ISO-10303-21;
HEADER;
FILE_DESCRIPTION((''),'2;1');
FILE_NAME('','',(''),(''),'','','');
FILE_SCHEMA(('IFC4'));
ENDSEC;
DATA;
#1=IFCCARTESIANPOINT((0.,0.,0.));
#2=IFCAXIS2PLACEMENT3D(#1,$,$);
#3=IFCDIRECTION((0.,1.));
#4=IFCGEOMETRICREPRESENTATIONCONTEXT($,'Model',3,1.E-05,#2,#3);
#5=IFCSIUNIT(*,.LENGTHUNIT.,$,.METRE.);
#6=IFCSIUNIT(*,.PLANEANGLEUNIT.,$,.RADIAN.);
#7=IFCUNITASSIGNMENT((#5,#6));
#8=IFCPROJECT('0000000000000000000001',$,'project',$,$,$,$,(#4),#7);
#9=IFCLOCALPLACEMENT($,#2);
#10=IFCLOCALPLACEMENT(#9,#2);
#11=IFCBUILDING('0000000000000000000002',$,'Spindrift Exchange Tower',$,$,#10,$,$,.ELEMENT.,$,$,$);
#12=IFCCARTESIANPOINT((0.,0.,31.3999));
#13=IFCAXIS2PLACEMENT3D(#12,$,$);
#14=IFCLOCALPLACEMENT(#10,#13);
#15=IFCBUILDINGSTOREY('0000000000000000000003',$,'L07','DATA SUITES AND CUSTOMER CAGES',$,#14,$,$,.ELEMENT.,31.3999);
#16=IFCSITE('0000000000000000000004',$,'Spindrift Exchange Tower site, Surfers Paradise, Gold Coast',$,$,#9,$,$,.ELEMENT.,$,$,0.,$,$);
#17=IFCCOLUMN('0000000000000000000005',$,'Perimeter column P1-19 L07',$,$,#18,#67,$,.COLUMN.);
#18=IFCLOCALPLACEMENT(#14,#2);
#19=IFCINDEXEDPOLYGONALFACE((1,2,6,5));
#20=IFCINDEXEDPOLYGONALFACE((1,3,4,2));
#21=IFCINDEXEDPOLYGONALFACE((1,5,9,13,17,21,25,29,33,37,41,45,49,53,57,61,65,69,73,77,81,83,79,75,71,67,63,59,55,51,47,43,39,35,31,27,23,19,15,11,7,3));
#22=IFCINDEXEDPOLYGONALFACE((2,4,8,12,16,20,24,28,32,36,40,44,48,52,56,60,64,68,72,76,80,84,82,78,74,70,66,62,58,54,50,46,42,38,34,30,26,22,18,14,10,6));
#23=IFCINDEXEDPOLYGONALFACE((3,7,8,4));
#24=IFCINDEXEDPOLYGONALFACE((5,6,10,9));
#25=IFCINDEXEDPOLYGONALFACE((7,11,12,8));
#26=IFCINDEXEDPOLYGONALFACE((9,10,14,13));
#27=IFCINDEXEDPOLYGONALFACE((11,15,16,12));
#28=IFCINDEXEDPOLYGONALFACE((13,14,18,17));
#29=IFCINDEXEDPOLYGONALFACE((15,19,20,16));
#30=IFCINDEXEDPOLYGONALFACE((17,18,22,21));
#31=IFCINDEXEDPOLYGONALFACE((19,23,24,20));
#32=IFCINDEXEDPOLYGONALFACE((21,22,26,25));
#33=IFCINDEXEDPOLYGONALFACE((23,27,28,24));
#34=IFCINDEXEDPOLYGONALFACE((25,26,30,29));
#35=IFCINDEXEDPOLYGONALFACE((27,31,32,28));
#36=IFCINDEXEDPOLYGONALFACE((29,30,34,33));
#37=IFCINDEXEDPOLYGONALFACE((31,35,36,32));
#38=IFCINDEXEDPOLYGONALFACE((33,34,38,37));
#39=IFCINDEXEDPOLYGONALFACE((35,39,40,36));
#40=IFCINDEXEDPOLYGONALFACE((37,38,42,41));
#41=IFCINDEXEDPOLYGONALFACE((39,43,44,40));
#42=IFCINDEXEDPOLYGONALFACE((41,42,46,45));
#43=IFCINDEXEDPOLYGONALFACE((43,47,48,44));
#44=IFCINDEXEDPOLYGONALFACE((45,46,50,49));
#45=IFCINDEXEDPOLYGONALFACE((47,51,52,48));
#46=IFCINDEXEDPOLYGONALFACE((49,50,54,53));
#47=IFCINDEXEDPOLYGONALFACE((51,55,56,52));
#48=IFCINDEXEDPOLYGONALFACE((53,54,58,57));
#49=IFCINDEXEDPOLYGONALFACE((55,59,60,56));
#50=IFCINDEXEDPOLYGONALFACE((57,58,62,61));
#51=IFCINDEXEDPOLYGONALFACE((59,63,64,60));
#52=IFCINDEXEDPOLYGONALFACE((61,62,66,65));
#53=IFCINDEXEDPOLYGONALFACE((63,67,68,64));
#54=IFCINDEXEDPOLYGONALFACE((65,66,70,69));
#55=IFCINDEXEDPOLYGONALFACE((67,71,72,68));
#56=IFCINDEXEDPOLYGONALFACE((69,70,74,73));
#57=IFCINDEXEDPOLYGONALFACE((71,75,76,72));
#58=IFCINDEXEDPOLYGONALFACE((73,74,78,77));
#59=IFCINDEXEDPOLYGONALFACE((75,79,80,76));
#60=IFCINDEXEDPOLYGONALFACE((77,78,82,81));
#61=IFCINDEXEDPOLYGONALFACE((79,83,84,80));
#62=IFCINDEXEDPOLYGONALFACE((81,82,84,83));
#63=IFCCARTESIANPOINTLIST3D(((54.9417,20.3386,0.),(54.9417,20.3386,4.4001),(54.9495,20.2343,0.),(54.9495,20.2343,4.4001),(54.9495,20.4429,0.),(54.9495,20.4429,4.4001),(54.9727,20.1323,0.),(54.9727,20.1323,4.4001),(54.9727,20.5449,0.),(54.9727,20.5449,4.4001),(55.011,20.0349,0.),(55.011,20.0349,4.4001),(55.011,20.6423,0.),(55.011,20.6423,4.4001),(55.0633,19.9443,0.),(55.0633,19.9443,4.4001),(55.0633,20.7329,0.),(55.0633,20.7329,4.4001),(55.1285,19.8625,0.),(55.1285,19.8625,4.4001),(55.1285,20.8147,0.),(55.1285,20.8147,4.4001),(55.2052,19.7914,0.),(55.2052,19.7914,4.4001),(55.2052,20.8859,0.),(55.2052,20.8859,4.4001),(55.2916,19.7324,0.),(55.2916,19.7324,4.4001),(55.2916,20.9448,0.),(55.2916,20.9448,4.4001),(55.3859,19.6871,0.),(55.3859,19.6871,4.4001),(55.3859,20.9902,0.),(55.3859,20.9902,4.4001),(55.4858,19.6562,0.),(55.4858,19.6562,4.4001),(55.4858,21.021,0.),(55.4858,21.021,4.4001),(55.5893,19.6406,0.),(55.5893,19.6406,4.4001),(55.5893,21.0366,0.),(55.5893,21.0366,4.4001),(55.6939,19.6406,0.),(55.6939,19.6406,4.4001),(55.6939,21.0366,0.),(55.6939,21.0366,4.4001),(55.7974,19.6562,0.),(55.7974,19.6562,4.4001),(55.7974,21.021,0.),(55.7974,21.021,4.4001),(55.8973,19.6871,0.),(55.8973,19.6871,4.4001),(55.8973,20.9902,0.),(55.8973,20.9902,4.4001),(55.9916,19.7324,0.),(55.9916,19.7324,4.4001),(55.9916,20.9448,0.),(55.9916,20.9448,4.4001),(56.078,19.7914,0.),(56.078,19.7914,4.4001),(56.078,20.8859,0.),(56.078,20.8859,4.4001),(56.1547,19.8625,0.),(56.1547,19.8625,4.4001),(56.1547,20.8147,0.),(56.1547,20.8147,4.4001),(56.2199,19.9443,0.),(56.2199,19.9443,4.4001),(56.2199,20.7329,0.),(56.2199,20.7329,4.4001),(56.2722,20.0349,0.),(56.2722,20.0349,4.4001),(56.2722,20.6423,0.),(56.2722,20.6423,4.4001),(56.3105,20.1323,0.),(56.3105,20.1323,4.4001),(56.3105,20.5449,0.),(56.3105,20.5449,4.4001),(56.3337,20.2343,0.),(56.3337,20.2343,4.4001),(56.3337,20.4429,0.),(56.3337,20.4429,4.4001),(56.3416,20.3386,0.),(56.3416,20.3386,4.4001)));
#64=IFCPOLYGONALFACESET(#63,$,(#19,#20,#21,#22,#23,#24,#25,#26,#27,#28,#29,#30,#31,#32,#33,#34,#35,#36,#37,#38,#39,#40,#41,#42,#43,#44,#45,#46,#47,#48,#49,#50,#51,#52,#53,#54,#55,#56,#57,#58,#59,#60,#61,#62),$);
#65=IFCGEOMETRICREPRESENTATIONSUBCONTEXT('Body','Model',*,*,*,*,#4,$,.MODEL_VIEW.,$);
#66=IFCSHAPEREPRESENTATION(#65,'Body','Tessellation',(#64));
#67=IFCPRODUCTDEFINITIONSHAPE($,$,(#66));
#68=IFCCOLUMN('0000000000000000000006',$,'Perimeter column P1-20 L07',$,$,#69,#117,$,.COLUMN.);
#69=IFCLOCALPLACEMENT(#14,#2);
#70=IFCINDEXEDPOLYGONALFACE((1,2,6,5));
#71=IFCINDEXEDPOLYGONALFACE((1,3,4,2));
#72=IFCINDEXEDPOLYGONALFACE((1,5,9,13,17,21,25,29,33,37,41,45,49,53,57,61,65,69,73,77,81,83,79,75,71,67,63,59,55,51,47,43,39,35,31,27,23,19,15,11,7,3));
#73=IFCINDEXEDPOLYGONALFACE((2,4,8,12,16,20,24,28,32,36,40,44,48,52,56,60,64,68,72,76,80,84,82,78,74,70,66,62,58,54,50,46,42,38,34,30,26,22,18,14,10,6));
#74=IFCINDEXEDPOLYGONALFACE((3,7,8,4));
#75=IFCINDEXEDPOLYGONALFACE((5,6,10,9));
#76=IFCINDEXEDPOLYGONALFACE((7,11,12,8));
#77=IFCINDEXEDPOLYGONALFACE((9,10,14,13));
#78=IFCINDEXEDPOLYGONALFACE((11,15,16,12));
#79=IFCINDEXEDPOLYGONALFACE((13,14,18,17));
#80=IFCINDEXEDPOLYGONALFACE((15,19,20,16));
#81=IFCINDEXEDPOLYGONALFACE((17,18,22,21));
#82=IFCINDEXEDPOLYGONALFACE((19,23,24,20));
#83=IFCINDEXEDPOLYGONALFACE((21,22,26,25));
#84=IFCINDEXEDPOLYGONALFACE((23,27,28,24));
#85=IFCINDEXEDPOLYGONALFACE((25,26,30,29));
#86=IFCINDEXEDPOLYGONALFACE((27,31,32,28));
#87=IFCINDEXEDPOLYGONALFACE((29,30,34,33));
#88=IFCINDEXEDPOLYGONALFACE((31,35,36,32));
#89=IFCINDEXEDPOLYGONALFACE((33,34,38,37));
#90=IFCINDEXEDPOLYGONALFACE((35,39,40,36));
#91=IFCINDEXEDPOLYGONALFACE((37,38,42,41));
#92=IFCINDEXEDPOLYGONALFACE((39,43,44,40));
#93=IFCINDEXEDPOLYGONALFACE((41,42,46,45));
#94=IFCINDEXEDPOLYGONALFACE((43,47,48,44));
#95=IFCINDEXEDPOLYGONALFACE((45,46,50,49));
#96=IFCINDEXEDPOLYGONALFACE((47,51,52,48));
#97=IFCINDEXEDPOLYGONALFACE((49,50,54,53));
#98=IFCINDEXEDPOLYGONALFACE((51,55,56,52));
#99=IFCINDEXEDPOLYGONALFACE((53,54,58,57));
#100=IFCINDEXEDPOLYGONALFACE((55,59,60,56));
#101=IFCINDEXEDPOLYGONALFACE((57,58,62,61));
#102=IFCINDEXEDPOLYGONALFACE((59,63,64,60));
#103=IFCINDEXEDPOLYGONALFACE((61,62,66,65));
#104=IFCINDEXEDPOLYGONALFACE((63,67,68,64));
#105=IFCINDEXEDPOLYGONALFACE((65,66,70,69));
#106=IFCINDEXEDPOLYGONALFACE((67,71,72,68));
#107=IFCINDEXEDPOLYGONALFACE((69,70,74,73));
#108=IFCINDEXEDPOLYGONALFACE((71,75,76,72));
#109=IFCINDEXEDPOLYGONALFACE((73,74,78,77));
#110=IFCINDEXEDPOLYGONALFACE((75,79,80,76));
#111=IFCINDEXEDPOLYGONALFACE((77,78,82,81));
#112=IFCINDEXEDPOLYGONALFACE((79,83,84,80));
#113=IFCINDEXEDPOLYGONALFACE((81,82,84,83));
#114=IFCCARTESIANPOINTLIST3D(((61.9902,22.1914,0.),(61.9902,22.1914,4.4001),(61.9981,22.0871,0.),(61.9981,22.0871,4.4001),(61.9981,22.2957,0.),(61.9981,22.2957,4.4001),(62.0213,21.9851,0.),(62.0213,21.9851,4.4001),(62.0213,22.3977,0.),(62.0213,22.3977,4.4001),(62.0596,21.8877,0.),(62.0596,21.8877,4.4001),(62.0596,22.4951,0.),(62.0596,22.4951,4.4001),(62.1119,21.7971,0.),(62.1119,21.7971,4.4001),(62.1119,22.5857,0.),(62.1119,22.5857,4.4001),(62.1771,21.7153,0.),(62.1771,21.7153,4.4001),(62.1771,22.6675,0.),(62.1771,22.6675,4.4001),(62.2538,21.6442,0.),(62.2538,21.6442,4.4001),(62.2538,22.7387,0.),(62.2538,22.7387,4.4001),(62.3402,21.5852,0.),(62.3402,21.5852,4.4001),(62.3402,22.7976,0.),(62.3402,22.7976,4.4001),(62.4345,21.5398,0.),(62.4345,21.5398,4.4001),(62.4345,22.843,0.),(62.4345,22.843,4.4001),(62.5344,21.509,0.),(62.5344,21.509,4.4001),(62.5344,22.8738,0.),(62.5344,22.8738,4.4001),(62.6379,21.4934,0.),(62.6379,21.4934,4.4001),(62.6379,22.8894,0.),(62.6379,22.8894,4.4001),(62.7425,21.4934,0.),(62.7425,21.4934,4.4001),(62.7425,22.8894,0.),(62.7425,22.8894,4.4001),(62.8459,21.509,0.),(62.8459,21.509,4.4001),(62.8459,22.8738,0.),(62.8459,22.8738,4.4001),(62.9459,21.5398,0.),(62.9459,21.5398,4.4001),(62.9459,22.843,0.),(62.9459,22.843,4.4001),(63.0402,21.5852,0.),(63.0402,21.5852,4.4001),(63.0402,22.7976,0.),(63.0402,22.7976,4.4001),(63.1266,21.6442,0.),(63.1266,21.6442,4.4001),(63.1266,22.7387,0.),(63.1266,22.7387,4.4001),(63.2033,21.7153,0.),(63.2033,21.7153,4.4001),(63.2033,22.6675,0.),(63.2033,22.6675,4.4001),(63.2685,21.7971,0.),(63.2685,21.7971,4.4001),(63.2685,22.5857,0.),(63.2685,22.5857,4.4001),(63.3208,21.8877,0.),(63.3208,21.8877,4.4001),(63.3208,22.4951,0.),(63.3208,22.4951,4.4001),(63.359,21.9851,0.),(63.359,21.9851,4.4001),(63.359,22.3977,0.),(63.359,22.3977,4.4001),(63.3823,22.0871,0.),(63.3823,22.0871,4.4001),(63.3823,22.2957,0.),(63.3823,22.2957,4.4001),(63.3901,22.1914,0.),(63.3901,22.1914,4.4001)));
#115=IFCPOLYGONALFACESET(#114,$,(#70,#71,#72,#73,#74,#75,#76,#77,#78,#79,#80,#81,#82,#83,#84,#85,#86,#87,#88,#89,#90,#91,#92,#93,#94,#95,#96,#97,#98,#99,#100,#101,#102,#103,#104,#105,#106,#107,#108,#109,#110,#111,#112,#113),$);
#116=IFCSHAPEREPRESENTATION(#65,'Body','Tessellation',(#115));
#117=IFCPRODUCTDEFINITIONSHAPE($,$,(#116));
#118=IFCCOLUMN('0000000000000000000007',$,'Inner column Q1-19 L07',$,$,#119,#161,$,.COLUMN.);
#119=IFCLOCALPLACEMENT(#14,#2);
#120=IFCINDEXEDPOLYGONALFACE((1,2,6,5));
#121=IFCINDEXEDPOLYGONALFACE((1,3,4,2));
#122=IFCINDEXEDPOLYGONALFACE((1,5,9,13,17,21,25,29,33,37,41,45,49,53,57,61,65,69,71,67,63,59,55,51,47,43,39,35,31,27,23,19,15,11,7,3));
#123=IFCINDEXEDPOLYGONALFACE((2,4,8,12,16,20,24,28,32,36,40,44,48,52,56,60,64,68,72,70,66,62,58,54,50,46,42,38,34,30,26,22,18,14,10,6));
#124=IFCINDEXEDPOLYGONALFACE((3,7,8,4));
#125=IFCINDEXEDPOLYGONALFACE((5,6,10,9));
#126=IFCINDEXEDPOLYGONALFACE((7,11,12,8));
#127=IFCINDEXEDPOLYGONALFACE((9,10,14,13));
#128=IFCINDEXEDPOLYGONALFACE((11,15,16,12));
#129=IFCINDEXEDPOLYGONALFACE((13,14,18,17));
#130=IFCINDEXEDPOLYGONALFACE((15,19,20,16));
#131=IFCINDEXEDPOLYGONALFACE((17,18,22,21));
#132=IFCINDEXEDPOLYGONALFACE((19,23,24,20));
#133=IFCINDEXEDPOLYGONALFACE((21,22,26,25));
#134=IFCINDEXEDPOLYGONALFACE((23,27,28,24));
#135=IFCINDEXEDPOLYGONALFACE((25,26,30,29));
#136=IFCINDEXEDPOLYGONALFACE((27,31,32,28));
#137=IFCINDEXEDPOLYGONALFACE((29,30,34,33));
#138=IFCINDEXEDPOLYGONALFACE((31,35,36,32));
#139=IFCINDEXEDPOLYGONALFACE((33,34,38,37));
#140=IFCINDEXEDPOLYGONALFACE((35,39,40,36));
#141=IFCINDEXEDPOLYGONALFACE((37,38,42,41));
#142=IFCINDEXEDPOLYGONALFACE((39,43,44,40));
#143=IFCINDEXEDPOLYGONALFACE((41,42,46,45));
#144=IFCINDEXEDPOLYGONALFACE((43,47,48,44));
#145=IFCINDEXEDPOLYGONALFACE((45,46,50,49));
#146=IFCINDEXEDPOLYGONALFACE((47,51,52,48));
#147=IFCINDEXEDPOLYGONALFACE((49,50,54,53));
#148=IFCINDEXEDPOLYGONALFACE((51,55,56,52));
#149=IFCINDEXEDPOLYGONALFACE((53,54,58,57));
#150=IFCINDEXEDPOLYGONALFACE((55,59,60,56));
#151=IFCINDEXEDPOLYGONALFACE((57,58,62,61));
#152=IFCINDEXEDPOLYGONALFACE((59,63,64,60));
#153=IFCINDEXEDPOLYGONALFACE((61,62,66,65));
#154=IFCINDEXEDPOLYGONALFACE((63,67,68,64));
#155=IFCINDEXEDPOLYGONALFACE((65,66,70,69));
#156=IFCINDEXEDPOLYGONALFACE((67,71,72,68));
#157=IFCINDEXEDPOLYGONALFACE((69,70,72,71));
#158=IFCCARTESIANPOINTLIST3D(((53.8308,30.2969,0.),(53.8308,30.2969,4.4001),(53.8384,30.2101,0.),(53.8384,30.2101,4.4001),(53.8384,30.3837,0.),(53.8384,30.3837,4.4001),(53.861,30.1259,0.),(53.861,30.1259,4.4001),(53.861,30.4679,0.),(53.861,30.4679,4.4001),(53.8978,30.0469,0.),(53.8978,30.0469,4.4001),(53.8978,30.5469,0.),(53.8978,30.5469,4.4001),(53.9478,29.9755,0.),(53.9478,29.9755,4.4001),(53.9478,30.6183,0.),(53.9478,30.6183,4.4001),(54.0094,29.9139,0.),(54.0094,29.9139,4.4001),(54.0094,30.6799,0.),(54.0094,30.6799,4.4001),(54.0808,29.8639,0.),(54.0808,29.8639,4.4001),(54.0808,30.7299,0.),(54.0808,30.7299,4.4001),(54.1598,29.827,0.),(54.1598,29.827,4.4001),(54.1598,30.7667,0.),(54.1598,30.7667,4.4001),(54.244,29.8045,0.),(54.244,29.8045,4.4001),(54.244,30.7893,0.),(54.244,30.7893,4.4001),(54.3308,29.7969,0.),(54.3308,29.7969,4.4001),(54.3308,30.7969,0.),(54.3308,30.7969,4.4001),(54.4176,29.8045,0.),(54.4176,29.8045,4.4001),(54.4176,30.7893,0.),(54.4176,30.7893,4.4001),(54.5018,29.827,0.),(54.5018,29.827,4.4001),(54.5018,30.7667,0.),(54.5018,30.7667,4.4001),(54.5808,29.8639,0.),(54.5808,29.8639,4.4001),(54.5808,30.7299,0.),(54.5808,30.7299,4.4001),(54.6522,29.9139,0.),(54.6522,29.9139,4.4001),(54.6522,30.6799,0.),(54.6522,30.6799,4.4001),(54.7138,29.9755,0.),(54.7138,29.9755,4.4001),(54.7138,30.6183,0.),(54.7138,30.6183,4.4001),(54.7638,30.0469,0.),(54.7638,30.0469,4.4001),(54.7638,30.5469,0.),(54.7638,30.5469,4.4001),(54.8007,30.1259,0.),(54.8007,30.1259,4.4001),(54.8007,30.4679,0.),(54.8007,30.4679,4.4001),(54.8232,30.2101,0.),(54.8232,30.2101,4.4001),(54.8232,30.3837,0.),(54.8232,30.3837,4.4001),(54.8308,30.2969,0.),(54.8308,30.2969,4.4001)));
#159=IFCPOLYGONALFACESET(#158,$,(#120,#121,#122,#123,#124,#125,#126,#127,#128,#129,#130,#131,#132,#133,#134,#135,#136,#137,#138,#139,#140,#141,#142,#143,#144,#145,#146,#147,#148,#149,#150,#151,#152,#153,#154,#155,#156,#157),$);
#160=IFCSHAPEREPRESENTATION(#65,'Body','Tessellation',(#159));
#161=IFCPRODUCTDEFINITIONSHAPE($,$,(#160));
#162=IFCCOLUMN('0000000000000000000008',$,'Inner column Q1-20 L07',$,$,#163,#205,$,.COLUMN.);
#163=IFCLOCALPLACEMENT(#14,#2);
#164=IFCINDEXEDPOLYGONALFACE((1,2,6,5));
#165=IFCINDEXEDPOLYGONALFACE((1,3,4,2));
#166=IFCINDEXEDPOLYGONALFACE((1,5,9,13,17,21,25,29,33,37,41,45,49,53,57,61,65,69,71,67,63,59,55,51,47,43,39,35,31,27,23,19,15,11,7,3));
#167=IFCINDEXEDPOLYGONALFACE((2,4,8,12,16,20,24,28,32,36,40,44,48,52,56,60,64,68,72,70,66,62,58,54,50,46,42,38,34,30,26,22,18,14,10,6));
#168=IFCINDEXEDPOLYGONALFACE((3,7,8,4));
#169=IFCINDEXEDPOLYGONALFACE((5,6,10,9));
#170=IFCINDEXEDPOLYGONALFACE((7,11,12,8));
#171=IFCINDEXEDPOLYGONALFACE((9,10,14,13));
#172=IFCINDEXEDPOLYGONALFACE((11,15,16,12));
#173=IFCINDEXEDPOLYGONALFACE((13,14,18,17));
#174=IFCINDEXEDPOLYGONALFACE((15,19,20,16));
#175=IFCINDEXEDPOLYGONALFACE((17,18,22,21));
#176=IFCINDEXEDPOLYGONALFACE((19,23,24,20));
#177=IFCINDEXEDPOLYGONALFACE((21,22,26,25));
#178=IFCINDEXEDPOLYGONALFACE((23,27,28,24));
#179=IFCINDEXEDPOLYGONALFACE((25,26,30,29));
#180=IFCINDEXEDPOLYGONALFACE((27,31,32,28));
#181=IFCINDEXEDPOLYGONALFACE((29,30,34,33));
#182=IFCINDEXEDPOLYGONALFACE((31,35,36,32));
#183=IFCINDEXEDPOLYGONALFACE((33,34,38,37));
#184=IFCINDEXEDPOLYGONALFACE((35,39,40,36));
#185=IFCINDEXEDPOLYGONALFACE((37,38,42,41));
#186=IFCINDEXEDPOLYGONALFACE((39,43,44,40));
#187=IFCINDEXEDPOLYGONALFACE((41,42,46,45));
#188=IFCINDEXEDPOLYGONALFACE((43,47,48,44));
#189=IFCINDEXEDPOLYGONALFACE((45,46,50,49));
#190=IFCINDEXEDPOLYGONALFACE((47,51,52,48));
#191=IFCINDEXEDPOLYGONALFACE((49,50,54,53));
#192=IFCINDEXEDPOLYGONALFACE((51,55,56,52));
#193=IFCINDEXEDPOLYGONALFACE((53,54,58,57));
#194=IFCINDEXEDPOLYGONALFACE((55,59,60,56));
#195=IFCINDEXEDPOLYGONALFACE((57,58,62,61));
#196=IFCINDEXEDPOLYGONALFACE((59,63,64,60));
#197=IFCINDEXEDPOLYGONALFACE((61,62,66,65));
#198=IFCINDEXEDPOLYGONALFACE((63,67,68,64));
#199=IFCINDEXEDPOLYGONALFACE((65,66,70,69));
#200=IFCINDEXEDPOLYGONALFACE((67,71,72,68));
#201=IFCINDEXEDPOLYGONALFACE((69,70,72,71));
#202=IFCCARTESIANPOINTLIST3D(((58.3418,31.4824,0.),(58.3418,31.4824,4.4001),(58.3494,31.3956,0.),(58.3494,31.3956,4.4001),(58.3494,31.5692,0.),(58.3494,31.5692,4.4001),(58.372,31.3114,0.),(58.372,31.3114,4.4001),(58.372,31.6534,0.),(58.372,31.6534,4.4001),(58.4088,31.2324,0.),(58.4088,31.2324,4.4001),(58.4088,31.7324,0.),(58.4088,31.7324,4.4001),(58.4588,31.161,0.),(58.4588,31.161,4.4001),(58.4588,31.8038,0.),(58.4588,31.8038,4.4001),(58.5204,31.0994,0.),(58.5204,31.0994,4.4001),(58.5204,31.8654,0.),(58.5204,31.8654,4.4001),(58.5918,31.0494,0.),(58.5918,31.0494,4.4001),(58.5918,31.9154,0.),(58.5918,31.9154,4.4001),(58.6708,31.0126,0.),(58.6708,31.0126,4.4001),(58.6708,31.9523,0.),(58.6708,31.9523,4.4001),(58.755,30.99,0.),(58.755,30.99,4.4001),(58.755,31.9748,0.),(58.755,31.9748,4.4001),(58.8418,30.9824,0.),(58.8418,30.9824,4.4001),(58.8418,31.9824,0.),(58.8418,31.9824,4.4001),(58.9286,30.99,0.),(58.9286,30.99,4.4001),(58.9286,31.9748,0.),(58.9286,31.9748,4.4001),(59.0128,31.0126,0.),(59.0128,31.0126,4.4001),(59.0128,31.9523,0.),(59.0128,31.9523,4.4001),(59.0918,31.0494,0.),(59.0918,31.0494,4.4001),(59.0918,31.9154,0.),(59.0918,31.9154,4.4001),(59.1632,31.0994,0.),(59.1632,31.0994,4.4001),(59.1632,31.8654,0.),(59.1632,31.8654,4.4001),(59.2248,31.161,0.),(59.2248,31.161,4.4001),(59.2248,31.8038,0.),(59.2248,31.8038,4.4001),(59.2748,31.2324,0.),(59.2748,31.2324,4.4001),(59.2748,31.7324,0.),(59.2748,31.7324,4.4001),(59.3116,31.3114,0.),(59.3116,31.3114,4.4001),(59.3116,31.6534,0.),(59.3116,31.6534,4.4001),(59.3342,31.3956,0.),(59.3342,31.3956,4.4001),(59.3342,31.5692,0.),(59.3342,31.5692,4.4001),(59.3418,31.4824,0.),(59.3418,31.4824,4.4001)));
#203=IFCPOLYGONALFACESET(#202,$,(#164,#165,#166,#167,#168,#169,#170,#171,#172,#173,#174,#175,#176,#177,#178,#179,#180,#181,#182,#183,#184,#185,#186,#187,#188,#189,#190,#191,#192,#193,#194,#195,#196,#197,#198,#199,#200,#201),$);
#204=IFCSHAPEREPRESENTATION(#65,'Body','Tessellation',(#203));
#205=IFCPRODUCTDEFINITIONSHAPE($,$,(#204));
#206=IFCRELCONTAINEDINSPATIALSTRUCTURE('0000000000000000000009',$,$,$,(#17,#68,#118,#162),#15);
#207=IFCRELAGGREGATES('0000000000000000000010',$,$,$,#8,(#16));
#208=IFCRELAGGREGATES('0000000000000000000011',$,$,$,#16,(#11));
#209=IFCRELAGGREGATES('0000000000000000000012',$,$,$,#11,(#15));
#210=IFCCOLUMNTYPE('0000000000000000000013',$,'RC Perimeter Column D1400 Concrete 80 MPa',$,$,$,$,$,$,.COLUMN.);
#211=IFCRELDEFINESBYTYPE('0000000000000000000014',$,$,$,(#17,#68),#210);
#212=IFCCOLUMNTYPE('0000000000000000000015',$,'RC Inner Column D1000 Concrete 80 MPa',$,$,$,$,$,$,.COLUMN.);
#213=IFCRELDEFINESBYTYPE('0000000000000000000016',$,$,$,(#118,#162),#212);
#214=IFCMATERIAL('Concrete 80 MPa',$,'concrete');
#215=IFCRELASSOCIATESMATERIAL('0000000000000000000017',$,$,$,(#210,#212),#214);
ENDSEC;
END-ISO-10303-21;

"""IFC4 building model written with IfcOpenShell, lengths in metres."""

from ifc_helpers import new_model, si_unit, direction, frame, origin, origin_2d, place, context, subcontext, project, spatial, circle, extrude, source, transform, mapped, material, material_profile, profile_set, type_object, element, save


model = new_model("IFC4")

# Units and contexts
model_context = context("Model", 3, precision=1e-05, world=origin(), true_north=direction((0.0, 1.0)))
body_context = subcontext(model_context, "Body", "Model", "MODEL_VIEW")
ifc_project = project(units=[si_unit("LENGTHUNIT", "METRE"), si_unit("PLANEANGLEUNIT", "RADIAN")], contexts=[model_context])

# Site, building, storey
site_placement = place(None, origin())
site = spatial("IfcSite", under=ifc_project, at=site_placement, Name="Spindrift Exchange Tower site, Surfers Paradise, Gold Coast", CompositionType="ELEMENT", RefElevation=0.0)
building_placement = place(site_placement, origin())
building = spatial("IfcBuilding", under=site, at=building_placement, Name="Spindrift Exchange Tower", CompositionType="ELEMENT")
storey_placement = place(building_placement, frame((0.0, 0.0, 31.3999)))
storey = spatial("IfcBuildingStorey", under=building, at=storey_placement, Name="L07", Description="DATA SUITES AND CUSTOMER CAGES", CompositionType="ELEMENT", Elevation=31.3999)

# Columns
ifc_material_1 = material(Name="Concrete 80 MPa", Category="concrete")
ifc_material_profile_1 = material_profile(ifc_material_1, circle(Radius=0.7, at=origin_2d()), Name="RC D1400")
ifc_profile_set_1 = profile_set([ifc_material_profile_1], Name="Concrete 80 MPa")
column_type_1 = type_object("IfcColumnType", Name="RC Perimeter Column D1400 Concrete 80 MPa", PredefinedType="COLUMN", material=ifc_profile_set_1)
shared_shape_1 = source(origin(), body_context, "Body", "SweptSolid", [
    extrude(circle(Radius=0.7, at=origin_2d()), origin(), (0.0, 0.0, 1.0), 4.4001),
])
for number, where, z_axis, x_axis, name in (
    (1, (55.6416, 20.3386, 0.0), (0.0, 0.0, 1.0), (1.0, 0.0, 0.0), "Perimeter column P1-19 L07"),
    (2, (62.6902, 22.1914, 0.0), (0.0, 0.0, 1.0), (1.0, 0.0, 0.0), "Perimeter column P1-20 L07"),
):
    element("IfcColumn", number, at=place(storey_placement, frame(where, z_axis=z_axis, x_axis=x_axis)), inside=storey, type_object=column_type_1, Name=name, PredefinedType="COLUMN", context=body_context, shape_type="MappedRepresentation", body=[
        mapped(shared_shape_1, transform((0.0, 0.0, 0.0), scale=1.0)),
    ])
ifc_material_profile_2 = material_profile(ifc_material_1, circle(Radius=0.5, at=origin_2d()), Name="RC D1000")
ifc_profile_set_2 = profile_set([ifc_material_profile_2], Name="Concrete 80 MPa")
column_type_2 = type_object("IfcColumnType", Name="RC Inner Column D1000 Concrete 80 MPa", PredefinedType="COLUMN", material=ifc_profile_set_2)
shared_shape_2 = source(origin(), body_context, "Body", "SweptSolid", [
    extrude(circle(Radius=0.5, at=origin_2d()), origin(), (0.0, 0.0, 1.0), 4.4001),
])
for number, where, z_axis, x_axis, name in (
    (3, (54.3308, 30.2969, 0.0), (0.0, 0.0, 1.0), (1.0, 0.0, 0.0), "Inner column Q1-19 L07"),
    (4, (58.8418, 31.4824, 0.0), (0.0, 0.0, 1.0), (1.0, 0.0, 0.0), "Inner column Q1-20 L07"),
):
    element("IfcColumn", number, at=place(storey_placement, frame(where, z_axis=z_axis, x_axis=x_axis)), inside=storey, type_object=column_type_2, Name=name, PredefinedType="COLUMN", context=body_context, shape_type="MappedRepresentation", body=[
        mapped(shared_shape_2, transform((0.0, 0.0, 0.0), scale=1.0)),
    ])

save(model, "model.ifc")
